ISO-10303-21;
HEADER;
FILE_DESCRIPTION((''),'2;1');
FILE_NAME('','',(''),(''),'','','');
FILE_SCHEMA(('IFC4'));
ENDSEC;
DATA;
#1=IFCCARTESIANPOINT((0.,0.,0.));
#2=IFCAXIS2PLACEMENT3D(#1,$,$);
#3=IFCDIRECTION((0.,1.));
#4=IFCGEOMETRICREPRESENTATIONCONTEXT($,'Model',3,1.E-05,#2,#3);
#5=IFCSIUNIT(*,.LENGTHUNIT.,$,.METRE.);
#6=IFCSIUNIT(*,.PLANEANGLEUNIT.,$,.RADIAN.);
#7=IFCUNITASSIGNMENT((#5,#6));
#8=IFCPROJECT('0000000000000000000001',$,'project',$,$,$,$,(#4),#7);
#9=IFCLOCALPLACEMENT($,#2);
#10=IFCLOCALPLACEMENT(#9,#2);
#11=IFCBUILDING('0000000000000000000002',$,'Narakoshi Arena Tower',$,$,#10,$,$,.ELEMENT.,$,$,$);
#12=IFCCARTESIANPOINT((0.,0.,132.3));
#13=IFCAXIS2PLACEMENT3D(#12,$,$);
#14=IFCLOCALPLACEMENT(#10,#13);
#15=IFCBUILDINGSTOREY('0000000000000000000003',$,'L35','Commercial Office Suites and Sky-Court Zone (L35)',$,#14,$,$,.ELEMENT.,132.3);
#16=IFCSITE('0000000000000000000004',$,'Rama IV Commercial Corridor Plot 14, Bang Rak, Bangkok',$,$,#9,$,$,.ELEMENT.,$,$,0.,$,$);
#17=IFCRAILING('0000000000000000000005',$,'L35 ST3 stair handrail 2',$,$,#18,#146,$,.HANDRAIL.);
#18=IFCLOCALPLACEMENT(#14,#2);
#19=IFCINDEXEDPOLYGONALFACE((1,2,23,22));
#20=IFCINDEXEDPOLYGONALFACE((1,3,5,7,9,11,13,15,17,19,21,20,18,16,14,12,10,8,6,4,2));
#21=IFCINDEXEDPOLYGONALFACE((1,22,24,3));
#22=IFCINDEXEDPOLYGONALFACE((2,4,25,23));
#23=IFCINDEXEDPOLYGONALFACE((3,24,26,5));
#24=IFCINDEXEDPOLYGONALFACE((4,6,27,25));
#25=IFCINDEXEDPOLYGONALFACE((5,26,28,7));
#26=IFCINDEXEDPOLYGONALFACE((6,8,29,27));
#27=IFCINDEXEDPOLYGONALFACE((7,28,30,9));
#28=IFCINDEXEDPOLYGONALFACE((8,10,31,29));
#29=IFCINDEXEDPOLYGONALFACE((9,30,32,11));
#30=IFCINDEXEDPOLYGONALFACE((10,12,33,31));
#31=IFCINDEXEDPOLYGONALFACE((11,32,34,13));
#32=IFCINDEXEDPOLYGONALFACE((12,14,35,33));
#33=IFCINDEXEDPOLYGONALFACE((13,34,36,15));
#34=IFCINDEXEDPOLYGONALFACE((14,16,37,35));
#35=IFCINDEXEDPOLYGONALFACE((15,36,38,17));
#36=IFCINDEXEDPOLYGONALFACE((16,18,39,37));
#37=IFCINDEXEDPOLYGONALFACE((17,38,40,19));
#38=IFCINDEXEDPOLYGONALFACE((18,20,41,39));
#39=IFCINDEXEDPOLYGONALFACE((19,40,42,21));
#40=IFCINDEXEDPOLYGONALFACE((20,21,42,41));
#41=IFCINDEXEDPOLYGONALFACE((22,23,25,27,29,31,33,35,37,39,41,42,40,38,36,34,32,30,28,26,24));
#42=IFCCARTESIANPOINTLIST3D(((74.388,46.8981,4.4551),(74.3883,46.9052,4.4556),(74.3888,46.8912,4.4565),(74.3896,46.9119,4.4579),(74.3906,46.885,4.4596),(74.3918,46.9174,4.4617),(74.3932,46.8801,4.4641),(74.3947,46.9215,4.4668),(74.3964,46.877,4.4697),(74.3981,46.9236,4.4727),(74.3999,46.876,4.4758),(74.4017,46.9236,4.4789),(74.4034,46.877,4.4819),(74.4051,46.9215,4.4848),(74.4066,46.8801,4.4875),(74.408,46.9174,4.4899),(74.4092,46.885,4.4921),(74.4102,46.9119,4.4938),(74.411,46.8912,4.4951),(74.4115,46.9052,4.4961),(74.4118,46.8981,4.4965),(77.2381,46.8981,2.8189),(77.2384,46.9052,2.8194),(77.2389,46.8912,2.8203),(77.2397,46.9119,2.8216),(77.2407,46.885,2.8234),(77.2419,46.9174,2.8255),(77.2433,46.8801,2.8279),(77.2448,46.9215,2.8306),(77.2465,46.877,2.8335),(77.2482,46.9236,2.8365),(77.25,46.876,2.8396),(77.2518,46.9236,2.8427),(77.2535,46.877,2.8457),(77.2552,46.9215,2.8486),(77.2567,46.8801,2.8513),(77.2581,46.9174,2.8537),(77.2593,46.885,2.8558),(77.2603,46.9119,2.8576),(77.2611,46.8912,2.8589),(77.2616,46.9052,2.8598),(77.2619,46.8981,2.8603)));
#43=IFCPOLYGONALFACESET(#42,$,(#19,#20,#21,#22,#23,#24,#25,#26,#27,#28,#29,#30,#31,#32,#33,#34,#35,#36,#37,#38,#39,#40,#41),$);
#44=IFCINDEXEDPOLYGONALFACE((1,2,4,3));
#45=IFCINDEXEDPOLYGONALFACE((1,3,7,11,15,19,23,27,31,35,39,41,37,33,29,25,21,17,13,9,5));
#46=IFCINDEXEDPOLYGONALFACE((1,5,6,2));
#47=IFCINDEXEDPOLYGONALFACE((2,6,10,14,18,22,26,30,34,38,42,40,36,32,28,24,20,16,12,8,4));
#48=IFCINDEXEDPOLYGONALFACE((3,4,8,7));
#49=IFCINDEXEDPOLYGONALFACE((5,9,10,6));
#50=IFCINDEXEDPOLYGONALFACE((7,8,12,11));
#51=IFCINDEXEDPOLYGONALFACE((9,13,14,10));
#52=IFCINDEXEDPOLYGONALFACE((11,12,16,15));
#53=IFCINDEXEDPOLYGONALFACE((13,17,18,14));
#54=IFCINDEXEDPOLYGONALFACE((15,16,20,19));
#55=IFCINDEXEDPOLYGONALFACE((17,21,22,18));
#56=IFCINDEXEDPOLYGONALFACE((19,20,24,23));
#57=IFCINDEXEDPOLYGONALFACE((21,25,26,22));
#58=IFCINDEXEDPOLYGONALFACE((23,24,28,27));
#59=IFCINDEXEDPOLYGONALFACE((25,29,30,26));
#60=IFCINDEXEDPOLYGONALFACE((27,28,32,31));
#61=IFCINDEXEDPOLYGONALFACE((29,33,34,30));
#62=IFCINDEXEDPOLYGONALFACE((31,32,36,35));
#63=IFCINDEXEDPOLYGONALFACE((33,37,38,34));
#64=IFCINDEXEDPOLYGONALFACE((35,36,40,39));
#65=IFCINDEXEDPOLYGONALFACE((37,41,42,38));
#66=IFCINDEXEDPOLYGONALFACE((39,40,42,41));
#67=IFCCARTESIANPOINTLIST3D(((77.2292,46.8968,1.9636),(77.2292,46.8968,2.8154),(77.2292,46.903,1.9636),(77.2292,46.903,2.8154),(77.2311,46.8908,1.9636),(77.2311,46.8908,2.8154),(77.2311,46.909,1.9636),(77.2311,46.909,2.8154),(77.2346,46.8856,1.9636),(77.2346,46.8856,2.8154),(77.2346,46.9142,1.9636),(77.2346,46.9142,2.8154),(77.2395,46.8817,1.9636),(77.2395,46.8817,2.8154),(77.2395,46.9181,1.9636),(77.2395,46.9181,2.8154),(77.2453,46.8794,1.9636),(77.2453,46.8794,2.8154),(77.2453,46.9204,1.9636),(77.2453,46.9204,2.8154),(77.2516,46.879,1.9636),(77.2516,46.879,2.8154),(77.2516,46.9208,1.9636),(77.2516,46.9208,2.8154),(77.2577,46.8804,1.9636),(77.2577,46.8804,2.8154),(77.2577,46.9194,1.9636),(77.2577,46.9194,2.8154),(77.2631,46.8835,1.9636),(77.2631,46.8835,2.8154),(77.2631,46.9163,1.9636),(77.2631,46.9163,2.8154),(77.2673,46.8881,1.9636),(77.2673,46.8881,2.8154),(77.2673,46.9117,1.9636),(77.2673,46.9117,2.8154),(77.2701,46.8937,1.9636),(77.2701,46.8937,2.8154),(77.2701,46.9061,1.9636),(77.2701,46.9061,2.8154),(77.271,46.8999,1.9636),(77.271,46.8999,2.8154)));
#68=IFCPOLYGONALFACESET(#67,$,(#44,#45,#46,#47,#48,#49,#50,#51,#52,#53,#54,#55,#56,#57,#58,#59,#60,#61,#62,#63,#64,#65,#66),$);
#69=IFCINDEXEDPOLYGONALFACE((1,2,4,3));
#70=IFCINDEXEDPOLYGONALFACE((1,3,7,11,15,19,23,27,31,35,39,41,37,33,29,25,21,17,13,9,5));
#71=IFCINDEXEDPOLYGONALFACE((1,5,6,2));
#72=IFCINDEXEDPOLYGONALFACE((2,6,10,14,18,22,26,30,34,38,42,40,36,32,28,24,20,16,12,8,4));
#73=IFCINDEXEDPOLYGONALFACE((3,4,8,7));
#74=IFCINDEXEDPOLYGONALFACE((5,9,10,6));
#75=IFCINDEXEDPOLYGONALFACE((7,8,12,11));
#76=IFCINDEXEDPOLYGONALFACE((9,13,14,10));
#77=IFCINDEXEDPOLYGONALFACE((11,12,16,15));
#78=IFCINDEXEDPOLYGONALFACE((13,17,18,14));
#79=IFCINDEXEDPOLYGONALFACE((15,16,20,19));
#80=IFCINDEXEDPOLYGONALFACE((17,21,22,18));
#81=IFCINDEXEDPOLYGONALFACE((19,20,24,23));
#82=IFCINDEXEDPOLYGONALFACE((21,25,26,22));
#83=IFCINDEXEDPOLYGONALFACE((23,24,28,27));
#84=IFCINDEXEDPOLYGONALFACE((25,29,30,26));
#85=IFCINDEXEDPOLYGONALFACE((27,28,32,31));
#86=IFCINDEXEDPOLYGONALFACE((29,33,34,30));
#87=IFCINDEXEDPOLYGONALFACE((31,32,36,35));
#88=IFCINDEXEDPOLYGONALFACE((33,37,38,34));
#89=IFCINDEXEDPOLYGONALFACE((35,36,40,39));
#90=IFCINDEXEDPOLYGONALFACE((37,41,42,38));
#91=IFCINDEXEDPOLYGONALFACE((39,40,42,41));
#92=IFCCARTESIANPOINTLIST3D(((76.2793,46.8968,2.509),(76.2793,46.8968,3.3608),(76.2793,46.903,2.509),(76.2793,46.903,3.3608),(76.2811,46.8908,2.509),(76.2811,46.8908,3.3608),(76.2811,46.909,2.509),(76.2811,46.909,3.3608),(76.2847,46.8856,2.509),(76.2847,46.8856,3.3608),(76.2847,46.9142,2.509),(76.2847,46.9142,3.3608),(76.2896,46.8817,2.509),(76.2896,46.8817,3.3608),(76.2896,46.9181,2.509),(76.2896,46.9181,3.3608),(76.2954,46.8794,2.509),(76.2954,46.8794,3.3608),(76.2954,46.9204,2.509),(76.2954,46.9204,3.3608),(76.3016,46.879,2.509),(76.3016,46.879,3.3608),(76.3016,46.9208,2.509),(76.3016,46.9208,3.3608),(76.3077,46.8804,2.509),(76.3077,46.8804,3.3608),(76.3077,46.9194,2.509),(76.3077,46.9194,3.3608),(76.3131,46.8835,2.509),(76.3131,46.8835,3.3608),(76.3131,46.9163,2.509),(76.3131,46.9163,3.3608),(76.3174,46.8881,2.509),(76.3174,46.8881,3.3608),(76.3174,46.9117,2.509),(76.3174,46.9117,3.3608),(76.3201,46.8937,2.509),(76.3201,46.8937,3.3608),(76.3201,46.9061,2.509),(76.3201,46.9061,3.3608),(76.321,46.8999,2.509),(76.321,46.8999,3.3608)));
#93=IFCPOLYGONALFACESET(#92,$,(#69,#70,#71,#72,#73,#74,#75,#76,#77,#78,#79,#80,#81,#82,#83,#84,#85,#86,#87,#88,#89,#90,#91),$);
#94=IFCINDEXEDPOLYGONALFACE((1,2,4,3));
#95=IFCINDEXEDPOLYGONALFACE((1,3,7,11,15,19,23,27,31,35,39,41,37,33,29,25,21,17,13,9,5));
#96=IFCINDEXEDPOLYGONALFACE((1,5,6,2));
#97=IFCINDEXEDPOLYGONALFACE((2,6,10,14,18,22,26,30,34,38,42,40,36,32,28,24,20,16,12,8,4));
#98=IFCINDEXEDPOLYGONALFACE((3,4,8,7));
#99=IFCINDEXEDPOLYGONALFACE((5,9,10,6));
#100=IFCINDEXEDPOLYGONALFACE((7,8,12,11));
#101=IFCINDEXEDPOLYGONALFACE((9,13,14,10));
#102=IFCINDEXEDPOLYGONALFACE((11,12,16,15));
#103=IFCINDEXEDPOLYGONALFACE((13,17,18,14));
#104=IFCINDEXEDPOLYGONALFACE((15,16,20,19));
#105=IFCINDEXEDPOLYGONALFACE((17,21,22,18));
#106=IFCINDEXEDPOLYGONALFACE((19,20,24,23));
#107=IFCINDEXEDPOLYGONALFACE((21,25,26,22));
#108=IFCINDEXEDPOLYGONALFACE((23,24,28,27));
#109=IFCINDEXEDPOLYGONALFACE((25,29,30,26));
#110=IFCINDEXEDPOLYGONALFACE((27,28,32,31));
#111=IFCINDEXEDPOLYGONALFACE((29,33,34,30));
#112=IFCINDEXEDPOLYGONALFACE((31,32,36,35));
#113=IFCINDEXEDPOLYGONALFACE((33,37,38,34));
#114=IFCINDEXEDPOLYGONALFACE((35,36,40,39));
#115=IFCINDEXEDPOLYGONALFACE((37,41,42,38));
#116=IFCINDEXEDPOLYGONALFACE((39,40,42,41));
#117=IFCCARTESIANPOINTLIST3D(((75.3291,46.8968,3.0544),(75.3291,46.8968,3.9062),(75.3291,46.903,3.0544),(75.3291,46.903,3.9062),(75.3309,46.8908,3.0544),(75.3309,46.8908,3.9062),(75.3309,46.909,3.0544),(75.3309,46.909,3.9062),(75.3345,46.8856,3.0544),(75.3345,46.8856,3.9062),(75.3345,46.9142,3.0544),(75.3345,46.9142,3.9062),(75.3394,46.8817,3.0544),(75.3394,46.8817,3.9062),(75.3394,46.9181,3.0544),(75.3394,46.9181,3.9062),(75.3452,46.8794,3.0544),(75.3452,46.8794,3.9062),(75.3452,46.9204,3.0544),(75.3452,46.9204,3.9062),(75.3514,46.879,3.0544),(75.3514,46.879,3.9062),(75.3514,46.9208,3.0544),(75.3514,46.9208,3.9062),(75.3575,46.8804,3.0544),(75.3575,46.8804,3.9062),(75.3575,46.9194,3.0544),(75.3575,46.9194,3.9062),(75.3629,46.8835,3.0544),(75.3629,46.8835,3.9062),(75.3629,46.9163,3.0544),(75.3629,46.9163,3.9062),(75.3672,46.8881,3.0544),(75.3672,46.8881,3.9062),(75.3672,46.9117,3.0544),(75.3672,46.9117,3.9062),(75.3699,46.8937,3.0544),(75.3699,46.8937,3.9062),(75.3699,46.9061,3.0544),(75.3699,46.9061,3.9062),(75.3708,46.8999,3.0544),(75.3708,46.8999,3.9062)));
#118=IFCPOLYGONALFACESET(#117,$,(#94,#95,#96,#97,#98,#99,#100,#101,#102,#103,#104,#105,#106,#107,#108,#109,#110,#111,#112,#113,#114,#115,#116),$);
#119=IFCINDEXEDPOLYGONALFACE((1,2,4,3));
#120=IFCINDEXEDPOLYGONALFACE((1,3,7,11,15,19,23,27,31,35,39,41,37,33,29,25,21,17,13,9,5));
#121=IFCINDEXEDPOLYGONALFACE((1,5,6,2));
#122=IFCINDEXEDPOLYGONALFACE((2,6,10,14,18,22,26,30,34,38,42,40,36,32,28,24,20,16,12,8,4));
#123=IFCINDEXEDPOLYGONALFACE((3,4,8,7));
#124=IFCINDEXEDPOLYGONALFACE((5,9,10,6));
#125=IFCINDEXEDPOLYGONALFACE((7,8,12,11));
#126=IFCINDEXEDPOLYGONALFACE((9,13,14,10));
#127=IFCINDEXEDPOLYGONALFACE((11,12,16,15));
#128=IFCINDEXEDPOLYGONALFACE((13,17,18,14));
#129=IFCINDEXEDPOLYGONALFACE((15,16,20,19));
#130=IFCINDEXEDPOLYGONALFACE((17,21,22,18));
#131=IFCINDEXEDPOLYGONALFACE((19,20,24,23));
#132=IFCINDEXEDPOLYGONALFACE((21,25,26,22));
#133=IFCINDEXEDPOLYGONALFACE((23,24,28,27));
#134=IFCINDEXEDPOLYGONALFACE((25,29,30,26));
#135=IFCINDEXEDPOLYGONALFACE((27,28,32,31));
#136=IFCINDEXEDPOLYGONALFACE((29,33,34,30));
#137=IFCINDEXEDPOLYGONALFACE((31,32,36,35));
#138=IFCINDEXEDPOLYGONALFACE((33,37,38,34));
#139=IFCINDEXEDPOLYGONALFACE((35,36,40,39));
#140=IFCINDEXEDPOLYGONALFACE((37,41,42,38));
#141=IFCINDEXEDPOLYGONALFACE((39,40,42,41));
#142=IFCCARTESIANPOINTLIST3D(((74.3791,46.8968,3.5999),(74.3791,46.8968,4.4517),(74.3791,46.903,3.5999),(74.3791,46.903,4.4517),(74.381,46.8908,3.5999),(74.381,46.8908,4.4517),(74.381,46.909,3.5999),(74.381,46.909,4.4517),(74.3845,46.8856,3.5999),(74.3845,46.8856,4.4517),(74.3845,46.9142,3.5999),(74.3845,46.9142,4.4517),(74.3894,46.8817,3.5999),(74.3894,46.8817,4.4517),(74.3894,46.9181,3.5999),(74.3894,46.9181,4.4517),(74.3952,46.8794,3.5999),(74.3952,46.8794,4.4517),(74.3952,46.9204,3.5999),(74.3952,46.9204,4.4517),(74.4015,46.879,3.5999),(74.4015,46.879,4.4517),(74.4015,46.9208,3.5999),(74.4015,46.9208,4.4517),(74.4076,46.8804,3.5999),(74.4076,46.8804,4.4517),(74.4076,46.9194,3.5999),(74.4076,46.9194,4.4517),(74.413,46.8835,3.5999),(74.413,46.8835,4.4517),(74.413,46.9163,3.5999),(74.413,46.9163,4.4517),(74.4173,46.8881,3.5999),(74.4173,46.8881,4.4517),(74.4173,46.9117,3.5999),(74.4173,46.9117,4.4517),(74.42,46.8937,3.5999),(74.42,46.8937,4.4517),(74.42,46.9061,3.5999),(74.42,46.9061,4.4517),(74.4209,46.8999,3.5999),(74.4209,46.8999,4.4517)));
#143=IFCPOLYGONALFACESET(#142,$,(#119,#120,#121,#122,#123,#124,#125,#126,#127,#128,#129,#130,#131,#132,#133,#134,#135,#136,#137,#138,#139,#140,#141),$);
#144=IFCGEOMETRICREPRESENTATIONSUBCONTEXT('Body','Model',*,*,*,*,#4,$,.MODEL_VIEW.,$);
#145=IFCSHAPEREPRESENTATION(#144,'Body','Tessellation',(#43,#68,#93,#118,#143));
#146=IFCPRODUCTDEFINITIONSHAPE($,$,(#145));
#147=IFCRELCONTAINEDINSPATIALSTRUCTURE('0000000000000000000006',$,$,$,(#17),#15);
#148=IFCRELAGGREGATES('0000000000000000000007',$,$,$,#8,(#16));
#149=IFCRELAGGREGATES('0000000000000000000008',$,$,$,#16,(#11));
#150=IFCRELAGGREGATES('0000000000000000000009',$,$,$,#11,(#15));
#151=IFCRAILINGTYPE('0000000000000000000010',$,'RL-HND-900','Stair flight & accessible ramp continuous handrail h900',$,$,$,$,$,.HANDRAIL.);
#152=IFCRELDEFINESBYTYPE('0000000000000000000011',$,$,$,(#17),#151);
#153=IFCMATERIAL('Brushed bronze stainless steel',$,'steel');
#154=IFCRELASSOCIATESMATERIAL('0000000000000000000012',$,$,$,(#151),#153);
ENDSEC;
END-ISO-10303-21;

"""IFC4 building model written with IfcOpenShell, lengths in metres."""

from ifc_helpers import new_model, si_unit, direction, frame, origin, origin_2d, place, context, subcontext, project, spatial, circle, extrude, material, type_object, element, save


model = new_model("IFC4")

# Units and contexts
model_context = context("Model", 3, precision=1e-05, world=origin(), true_north=direction((0.0, 1.0)))
body_context = subcontext(model_context, "Body", "Model", "MODEL_VIEW")
ifc_project = project(units=[si_unit("LENGTHUNIT", "METRE"), si_unit("PLANEANGLEUNIT", "RADIAN")], contexts=[model_context])

# Site, building, storey
site_placement = place(None, origin())
site = spatial("IfcSite", under=ifc_project, at=site_placement, Name="Rama IV Commercial Corridor Plot 14, Bang Rak, Bangkok", CompositionType="ELEMENT", RefElevation=0.0)
building_placement = place(site_placement, origin())
building = spatial("IfcBuilding", under=site, at=building_placement, Name="Narakoshi Arena Tower", CompositionType="ELEMENT")
storey_placement = place(building_placement, frame((0.0, 0.0, 132.3)))
storey = spatial("IfcBuildingStorey", under=building, at=storey_placement, Name="L35", Description="Commercial Office Suites and Sky-Court Zone (L35)", CompositionType="ELEMENT", Elevation=132.3)

# Railing
ifc_material_1 = material(Name="Brushed bronze stainless steel", Category="steel")
railing_type_1 = type_object("IfcRailingType", Name="RL-HND-900", Description="Stair flight & accessible ramp continuous handrail h900", PredefinedType="HANDRAIL", material=ifc_material_1)
railing_1_placement = place(storey_placement, frame((77.25, 46.8999, 1.9636)))
element("IfcRailing", 1, at=railing_1_placement, inside=storey, type_object=railing_type_1, Name="L35 ST3 stair handrail 2", PredefinedType="HANDRAIL", context=body_context, shape_type="SweptSolid", body=[
    extrude(circle(Radius=0.0239, at=origin_2d()), frame((0.0, 0.0, 0.876), z_axis=(-0.867245, 0.0, 0.497882), x_axis=(0.0, -1.0, 0.0)), (0.0, 0.0, 1.0), 3.2864),
    extrude(circle(Radius=0.021, at=origin_2d()), origin(), (0.0, 0.0, 1.0), 0.8518),
    extrude(circle(Radius=0.021, at=origin_2d()), frame((-0.95, 0.0, 0.5454)), (0.0, 0.0, 1.0), 0.8518),
    extrude(circle(Radius=0.021, at=origin_2d()), frame((-1.9001, 0.0, 1.0908)), (0.0, 0.0, 1.0), 0.8518),
    extrude(circle(Radius=0.021, at=origin_2d()), frame((-2.8501, 0.0, 1.6362)), (0.0, 0.0, 1.0), 0.8518),
])

save(model, "model.ifc")
